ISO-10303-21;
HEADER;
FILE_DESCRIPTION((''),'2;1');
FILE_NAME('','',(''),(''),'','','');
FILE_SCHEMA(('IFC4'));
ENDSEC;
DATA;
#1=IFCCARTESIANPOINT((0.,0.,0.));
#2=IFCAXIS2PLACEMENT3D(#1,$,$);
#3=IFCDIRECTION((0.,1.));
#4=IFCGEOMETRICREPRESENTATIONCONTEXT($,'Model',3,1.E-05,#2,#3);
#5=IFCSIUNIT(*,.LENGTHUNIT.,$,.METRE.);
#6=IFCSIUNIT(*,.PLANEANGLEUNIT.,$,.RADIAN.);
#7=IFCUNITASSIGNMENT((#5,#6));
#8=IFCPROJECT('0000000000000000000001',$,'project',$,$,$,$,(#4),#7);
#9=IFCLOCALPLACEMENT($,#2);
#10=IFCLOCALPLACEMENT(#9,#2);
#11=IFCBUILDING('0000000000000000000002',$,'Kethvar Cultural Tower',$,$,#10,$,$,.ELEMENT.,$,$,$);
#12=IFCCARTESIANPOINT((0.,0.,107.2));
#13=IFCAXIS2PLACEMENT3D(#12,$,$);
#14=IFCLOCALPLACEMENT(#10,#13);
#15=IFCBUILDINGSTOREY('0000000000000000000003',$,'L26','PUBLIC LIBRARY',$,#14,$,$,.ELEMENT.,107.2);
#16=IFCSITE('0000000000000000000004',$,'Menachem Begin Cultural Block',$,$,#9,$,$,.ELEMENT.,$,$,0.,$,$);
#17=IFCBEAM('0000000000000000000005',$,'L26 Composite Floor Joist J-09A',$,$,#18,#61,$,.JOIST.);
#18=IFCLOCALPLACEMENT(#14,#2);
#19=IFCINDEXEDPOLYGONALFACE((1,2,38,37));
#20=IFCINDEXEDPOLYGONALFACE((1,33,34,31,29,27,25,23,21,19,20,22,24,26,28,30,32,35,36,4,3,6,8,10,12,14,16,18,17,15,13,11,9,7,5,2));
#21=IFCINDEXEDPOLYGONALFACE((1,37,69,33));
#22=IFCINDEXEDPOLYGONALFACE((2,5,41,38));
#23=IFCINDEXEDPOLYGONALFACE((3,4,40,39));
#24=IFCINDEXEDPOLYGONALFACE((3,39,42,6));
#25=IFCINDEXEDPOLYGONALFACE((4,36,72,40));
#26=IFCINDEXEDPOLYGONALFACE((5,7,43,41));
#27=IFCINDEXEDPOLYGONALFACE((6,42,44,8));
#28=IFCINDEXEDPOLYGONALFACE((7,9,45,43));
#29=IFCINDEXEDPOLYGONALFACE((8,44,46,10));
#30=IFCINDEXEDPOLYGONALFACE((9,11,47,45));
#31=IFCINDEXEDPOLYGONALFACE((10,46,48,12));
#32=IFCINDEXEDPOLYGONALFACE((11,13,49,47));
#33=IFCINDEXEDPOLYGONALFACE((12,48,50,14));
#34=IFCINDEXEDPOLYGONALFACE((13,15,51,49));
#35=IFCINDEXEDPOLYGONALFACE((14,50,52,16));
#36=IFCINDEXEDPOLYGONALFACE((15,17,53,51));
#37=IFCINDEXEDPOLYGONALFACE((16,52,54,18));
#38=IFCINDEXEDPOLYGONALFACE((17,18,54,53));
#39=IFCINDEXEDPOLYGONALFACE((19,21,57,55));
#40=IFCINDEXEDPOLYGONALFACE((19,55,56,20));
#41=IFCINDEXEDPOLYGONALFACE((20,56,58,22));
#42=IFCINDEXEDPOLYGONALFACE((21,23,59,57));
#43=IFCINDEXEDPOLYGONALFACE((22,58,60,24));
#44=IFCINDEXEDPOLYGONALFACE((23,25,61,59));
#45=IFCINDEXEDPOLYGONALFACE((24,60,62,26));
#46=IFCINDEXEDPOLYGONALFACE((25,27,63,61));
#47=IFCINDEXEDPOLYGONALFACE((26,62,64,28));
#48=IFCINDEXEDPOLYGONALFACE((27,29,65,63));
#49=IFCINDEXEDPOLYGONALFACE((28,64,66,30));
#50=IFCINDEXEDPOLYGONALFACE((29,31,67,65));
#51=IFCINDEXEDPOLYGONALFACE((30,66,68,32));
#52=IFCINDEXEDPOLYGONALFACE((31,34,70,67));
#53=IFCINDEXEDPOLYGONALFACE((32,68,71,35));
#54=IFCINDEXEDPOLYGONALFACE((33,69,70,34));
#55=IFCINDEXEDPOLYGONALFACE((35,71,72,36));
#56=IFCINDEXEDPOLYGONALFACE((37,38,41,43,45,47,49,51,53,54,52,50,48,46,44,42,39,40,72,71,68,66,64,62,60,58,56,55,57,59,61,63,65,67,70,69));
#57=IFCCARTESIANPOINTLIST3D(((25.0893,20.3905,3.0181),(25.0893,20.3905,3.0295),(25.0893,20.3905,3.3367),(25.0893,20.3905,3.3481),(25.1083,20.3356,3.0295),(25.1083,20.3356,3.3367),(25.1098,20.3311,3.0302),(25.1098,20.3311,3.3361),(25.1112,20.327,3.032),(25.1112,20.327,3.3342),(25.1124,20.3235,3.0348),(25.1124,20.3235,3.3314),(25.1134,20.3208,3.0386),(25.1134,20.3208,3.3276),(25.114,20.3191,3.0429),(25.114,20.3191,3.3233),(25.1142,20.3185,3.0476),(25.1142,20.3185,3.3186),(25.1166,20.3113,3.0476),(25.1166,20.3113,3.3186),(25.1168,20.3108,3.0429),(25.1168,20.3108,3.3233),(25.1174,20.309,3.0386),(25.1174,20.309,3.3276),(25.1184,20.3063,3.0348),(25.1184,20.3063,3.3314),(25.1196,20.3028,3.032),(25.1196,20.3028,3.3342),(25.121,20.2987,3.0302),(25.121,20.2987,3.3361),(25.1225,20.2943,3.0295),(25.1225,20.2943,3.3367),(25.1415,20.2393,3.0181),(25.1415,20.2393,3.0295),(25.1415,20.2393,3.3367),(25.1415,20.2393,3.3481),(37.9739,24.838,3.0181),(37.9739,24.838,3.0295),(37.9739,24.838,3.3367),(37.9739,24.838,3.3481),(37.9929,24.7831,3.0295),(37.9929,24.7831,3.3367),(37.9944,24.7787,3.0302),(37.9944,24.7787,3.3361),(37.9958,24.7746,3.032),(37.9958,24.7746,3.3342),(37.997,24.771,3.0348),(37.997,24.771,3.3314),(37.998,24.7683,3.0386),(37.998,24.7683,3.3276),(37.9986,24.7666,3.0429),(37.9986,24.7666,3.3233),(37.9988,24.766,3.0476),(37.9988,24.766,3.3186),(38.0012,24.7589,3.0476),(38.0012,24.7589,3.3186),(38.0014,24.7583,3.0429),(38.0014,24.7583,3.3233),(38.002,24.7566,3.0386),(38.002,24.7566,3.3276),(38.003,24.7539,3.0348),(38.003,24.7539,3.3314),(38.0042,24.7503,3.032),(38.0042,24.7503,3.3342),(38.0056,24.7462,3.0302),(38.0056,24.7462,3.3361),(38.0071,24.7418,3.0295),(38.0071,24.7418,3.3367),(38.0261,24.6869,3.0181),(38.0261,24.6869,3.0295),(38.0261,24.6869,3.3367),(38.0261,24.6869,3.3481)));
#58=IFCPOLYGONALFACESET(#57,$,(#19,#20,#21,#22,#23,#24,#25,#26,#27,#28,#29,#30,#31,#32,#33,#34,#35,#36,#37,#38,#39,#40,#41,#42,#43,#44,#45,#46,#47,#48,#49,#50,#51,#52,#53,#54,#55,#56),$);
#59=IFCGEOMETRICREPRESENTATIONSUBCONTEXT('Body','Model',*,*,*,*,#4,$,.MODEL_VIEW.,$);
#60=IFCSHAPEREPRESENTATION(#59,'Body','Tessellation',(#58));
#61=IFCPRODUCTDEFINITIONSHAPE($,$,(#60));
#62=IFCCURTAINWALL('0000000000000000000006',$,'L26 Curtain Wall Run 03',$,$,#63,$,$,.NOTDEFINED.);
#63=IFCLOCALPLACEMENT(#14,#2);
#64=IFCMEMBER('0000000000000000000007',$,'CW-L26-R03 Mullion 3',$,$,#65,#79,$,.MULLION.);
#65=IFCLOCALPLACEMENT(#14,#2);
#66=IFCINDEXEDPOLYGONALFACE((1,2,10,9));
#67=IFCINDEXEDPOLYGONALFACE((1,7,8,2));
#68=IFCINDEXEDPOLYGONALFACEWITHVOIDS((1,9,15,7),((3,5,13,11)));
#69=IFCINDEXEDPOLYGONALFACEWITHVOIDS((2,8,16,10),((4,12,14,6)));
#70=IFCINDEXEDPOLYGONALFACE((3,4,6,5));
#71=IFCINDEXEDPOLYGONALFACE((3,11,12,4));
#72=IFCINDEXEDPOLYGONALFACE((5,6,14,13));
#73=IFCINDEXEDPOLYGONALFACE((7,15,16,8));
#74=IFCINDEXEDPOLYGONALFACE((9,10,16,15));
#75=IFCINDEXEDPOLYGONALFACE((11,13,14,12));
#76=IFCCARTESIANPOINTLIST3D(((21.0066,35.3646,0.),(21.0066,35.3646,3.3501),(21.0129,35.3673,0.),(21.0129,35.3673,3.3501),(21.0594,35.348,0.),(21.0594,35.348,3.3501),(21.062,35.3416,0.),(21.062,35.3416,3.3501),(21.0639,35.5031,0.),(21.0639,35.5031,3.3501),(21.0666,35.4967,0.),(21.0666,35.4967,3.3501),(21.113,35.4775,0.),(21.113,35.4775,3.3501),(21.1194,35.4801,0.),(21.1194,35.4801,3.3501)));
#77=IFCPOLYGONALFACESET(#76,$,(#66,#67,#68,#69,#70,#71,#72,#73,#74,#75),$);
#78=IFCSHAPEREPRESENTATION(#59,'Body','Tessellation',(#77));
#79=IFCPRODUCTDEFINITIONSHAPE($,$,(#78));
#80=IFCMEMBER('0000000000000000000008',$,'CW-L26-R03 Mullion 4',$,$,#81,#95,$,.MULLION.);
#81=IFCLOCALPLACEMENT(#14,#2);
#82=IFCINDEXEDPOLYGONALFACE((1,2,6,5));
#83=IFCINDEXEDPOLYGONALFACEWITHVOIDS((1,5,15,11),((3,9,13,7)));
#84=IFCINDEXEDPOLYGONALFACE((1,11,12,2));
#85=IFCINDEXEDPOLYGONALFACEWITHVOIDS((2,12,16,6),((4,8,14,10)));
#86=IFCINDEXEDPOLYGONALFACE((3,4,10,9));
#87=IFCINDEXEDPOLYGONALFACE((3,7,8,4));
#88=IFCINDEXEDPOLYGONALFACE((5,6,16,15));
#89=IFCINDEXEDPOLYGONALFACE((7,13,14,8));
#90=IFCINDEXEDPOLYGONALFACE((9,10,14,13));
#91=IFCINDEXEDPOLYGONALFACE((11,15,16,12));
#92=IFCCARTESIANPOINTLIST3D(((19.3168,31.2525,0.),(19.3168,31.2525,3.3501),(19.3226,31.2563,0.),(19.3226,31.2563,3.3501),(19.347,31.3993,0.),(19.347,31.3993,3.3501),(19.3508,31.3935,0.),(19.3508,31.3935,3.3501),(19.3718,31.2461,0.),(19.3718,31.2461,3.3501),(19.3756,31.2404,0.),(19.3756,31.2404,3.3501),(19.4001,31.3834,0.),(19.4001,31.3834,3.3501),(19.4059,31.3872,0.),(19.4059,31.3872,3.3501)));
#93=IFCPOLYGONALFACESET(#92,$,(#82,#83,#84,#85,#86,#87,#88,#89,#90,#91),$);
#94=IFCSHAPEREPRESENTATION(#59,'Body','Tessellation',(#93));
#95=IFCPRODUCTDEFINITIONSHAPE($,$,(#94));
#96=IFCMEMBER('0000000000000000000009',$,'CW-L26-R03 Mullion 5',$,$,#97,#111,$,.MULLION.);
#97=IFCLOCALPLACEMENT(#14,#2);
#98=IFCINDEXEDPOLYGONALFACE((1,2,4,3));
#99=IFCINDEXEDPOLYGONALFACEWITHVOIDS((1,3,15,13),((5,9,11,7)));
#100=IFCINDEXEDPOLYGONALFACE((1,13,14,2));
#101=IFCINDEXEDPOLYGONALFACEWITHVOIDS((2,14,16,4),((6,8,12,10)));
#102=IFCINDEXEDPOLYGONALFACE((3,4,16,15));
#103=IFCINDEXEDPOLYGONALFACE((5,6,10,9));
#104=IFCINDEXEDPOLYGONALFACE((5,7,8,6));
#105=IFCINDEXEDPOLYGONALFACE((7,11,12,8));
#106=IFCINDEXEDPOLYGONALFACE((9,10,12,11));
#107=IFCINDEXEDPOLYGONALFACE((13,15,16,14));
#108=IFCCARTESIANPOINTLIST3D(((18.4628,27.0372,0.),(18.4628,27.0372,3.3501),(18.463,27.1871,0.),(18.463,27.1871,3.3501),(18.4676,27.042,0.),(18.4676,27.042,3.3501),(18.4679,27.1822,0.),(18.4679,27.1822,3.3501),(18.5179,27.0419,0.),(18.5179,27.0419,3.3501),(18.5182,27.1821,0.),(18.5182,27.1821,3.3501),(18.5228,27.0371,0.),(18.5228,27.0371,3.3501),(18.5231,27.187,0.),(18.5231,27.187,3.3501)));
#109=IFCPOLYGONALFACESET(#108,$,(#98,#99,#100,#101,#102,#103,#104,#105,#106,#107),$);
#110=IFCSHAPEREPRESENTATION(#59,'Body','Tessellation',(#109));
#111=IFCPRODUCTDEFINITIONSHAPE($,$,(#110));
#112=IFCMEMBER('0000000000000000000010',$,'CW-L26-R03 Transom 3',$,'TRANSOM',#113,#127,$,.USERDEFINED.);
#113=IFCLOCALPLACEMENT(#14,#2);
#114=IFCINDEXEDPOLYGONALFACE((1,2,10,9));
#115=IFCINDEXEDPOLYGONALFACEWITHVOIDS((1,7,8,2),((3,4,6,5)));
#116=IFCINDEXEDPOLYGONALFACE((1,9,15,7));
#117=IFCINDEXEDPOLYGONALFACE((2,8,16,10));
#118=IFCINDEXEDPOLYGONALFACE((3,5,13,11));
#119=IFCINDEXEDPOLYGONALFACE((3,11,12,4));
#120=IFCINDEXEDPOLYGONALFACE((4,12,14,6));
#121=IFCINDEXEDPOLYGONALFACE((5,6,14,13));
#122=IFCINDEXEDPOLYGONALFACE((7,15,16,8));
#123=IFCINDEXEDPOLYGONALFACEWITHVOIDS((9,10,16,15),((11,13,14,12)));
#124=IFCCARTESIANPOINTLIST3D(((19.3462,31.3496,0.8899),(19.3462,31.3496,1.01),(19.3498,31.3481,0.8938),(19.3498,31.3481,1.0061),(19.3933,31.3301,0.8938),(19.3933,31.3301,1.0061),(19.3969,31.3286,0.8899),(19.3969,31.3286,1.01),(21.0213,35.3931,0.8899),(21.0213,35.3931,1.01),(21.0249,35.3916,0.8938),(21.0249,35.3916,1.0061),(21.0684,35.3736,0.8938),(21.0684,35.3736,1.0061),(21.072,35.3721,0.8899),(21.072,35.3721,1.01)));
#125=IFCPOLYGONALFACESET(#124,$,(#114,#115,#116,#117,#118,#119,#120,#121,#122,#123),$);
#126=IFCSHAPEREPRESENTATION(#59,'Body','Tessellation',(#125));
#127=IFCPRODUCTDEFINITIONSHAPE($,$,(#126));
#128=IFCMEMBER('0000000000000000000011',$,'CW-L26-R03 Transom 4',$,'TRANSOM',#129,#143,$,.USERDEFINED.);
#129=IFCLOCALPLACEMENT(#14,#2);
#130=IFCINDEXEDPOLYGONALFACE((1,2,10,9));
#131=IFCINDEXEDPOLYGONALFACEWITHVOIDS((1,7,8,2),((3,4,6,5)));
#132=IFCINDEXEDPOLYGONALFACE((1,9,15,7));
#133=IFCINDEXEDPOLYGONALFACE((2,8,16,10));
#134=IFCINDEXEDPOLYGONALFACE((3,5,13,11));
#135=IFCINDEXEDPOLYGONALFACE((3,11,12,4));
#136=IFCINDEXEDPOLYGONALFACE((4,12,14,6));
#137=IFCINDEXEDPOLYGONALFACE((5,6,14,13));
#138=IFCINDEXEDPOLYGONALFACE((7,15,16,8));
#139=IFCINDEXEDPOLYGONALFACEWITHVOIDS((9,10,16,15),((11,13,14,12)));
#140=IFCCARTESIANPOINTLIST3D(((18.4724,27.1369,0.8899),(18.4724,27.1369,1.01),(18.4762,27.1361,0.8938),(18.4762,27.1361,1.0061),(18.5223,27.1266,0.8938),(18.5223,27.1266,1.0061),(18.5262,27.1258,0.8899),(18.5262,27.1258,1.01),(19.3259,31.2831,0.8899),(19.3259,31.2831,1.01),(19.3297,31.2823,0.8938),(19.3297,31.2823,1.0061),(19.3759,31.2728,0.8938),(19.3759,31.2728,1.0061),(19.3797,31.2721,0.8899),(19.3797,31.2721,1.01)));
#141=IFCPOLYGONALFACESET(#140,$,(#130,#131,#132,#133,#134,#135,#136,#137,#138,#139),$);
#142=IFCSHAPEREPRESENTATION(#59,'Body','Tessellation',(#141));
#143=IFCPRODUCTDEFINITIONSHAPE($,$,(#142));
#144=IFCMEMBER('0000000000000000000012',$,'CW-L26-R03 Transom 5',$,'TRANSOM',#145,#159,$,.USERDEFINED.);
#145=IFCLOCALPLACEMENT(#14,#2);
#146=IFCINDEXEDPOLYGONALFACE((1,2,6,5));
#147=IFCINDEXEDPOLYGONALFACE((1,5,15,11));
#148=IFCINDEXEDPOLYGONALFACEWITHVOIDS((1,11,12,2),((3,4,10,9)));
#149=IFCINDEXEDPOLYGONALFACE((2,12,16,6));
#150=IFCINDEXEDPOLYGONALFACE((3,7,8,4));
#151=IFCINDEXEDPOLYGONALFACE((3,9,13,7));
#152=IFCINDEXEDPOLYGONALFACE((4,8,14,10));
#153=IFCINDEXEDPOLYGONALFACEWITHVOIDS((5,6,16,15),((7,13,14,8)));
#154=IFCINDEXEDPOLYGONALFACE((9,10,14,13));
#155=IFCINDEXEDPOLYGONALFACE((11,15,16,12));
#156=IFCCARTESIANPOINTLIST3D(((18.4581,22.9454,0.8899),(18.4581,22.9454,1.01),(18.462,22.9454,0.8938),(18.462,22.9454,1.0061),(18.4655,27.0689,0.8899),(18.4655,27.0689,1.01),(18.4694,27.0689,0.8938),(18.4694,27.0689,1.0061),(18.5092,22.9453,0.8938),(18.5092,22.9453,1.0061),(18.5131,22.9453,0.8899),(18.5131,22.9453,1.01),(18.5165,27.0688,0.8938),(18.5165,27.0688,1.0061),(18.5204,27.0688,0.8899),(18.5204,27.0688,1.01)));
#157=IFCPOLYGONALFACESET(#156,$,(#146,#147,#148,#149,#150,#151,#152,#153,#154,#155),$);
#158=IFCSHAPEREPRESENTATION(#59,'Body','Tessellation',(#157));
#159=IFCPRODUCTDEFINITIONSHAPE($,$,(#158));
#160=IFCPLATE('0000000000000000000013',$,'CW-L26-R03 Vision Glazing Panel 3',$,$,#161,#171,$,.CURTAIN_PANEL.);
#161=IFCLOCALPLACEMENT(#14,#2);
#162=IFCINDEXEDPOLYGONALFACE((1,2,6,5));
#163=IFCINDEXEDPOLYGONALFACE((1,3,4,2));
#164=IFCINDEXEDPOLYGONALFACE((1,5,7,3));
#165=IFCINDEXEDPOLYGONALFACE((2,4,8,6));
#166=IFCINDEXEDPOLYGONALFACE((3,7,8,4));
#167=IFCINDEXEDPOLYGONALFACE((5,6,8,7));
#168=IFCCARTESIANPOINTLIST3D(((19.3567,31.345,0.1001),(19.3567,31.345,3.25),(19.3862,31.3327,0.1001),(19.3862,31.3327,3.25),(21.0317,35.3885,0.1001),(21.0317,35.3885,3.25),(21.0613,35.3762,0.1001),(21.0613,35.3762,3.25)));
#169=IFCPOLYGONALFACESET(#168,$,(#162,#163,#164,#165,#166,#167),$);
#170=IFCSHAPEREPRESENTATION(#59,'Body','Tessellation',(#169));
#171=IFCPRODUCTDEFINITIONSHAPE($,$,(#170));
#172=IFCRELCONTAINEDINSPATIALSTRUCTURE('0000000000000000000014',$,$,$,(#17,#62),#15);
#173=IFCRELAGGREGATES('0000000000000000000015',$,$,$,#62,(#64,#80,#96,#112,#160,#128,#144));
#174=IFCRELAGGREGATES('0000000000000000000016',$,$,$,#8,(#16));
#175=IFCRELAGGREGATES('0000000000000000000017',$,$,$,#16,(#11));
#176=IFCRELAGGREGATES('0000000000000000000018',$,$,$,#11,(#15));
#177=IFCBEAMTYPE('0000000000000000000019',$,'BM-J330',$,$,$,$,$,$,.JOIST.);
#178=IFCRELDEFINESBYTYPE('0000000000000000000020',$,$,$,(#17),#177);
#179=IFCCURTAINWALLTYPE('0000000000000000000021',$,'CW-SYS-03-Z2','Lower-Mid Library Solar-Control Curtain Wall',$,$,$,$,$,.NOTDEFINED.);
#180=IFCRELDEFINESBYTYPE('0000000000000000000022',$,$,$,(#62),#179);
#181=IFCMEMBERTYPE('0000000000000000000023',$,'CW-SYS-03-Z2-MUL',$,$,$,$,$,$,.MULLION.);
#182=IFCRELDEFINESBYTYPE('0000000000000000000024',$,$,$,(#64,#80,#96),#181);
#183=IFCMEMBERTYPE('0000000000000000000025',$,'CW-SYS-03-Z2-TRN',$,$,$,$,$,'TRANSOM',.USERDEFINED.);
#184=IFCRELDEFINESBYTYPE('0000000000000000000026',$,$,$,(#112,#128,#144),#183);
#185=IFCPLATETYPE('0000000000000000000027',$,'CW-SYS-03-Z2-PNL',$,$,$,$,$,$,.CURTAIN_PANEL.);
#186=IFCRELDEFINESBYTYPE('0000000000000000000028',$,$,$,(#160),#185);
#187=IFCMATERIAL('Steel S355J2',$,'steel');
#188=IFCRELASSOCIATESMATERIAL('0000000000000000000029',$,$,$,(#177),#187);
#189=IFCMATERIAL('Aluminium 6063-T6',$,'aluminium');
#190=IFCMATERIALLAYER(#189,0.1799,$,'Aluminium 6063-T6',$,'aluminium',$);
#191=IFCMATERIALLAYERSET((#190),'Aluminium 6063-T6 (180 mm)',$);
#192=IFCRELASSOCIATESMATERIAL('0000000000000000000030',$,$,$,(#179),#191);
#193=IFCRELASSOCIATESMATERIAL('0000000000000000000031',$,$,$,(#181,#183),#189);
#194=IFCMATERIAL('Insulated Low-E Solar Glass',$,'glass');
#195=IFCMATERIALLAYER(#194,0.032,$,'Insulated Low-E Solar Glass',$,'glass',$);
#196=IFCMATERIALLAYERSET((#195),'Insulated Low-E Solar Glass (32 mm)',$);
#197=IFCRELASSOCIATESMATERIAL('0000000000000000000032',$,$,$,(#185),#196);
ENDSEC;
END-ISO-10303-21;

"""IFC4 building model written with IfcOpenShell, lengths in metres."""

from ifc_helpers import new_model, si_unit, direction, frame, origin, origin_2d, place, context, subcontext, project, spatial, rectangle, hollow_rectangle, i_section, extrude, source, transform, mapped, material, layer, layer_set, material_profile, profile_set, type_object, element, aggregate, save


model = new_model("IFC4")

# Units and contexts
model_context = context("Model", 3, precision=1e-05, world=origin(), true_north=direction((0.0, 1.0)))
body_context = subcontext(model_context, "Body", "Model", "MODEL_VIEW")
ifc_project = project(units=[si_unit("LENGTHUNIT", "METRE"), si_unit("PLANEANGLEUNIT", "RADIAN")], contexts=[model_context])

# Site, building, storey
site_placement = place(None, origin())
site = spatial("IfcSite", under=ifc_project, at=site_placement, Name="Menachem Begin Cultural Block", CompositionType="ELEMENT", RefElevation=0.0)
building_placement = place(site_placement, origin())
building = spatial("IfcBuilding", under=site, at=building_placement, Name="Kethvar Cultural Tower", CompositionType="ELEMENT")
storey_placement = place(building_placement, frame((0.0, 0.0, 107.2)))
storey = spatial("IfcBuildingStorey", under=building, at=storey_placement, Name="L26", Description="PUBLIC LIBRARY", CompositionType="ELEMENT", Elevation=107.2)

# Beam
ifc_material_1 = material(Name="Steel S355J2", Category="steel")
ifc_material_profile_1 = material_profile(ifc_material_1, i_section(OverallWidth=0.1599, OverallDepth=0.3301, WebThickness=0.0076, FlangeThickness=0.0115, FilletRadius=0.0181, at=origin_2d()), Name="Steel S355J2 — IPE330")
ifc_profile_set_1 = profile_set([ifc_material_profile_1], Name="Steel S355J2 — IPE330")
beam_type_1 = type_object("IfcBeamType", Name="BM-J330", PredefinedType="JOIST", material=ifc_profile_set_1)
shared_shape_1 = source(origin(), body_context, "Body", "SweptSolid", [
    extrude(i_section(OverallWidth=0.1599, OverallDepth=0.3301, WebThickness=0.0076, FlangeThickness=0.0115, FilletRadius=0.0181, at=origin_2d()), origin(), (0.0, 0.0, 1.0), 13.6306),
])
beam_1_placement = place(storey_placement, frame((38.0, 24.7625, 3.1831), z_axis=(-0.94527, -0.32629, 0.0), x_axis=(0.32629, -0.94527, 0.0)))
element("IfcBeam", 1, at=beam_1_placement, inside=storey, type_object=beam_type_1, Name="L26 Composite Floor Joist J-09A", PredefinedType="JOIST", context=body_context, shape_type="MappedRepresentation", body=[
    mapped(shared_shape_1, transform((0.0, 0.0, 0.0), scale=1.0)),
])

# Curtain wall, members, plate
ifc_material_2 = material(Name="Aluminium 6063-T6", Category="aluminium")
ifc_layer_1 = layer(ifc_material_2, 0.1799, Name="Aluminium 6063-T6", Category="aluminium")
ifc_layer_set_1 = layer_set([ifc_layer_1], Name="Aluminium 6063-T6 (180 mm)")
curtain_wall_type = type_object("IfcCurtainWallType", Name="CW-SYS-03-Z2", Description="Lower-Mid Library Solar-Control Curtain Wall", PredefinedType="NOTDEFINED", material=ifc_layer_set_1)
curtain_wall_placement = place(storey_placement, origin())
curtain_wall = element("IfcCurtainWall", 2, at=curtain_wall_placement, inside=storey, type_object=curtain_wall_type, Name="L26 Curtain Wall Run 03", PredefinedType="NOTDEFINED")
ifc_material_profile_2 = material_profile(ifc_material_2, hollow_rectangle(XDim=0.0601, YDim=0.1499, WallThickness=0.0049, at=origin_2d()), Name="Aluminium 6063-T6 — RHS150x60x5")
ifc_profile_set_2 = profile_set([ifc_material_profile_2], Name="Aluminium 6063-T6 — RHS150x60x5")
member_type_1 = type_object("IfcMemberType", Name="CW-SYS-03-Z2-MUL", PredefinedType="MULLION", material=ifc_profile_set_2)
shared_shape_2 = source(origin(), body_context, "Body", "SweptSolid", [
    extrude(hollow_rectangle(XDim=0.0601, YDim=0.1499, WallThickness=0.0049, at=origin_2d()), origin(), (0.0, 0.0, 1.0), 3.3501),
])
member_1_placement = place(storey_placement, frame((21.063, 35.4224, 0.0), z_axis=(0.0, 0.0, 1.0), x_axis=(0.923866, -0.382716, 0.0)))
member_1 = element("IfcMember", 3, at=member_1_placement, type_object=member_type_1, Name="CW-L26-R03 Mullion 3", PredefinedType="MULLION", context=body_context, shape_type="MappedRepresentation", body=[
    mapped(shared_shape_2, transform((0.0, 0.0, 0.0), scale=1.0)),
])
member_2_placement = place(storey_placement, frame((19.3613, 31.3198, 0.0), z_axis=(0.0, 0.0, 1.0), x_axis=(0.979466, -0.201608, 0.0)))
member_2 = element("IfcMember", 4, at=member_2_placement, type_object=member_type_1, Name="CW-L26-R03 Mullion 4", PredefinedType="MULLION", context=body_context, shape_type="MappedRepresentation", body=[
    mapped(shared_shape_2, transform((0.0, 0.0, 0.0), scale=1.0)),
])
member_3_placement = place(storey_placement, frame((18.4929, 27.1121, 0.0), z_axis=(0.0, 0.0, 1.0), x_axis=(0.999998, -0.001763, 0.0)))
member_3 = element("IfcMember", 5, at=member_3_placement, type_object=member_type_1, Name="CW-L26-R03 Mullion 5", PredefinedType="MULLION", context=body_context, shape_type="MappedRepresentation", body=[
    mapped(shared_shape_2, transform((0.0, 0.0, 0.0), scale=1.0)),
])
ifc_material_profile_3 = material_profile(ifc_material_2, hollow_rectangle(XDim=0.0549, YDim=0.1201, WallThickness=0.0039, at=origin_2d()), Name="Aluminium 6063-T6 — RHS120x55x4")
ifc_profile_set_3 = profile_set([ifc_material_profile_3], Name="Aluminium 6063-T6 — RHS120x55x4")
member_type_2 = type_object("IfcMemberType", Name="CW-SYS-03-Z2-TRN", ElementType="TRANSOM", PredefinedType="USERDEFINED", material=ifc_profile_set_3)
shared_shape_3 = source(origin(), body_context, "Body", "SweptSolid", [
    extrude(hollow_rectangle(XDim=0.0549, YDim=0.1201, WallThickness=0.0039, at=origin_2d()), origin(), (0.0, 0.0, 1.0), 4.3767),
])
member_4_placement = place(storey_placement, frame((21.0466, 35.3826, 0.95), z_axis=(-0.382721, -0.923864, 0.0), x_axis=(0.923864, -0.382721, 0.0)))
member_4 = element("IfcMember", 6, at=member_4_placement, type_object=member_type_2, Name="CW-L26-R03 Transom 3", ObjectType="TRANSOM", PredefinedType="USERDEFINED", context=body_context, shape_type="MappedRepresentation", body=[
    mapped(shared_shape_3, transform((0.0, 0.0, 0.0), scale=1.0)),
])
shared_shape_4 = source(origin(), body_context, "Body", "SweptSolid", [
    extrude(hollow_rectangle(XDim=0.0549, YDim=0.1201, WallThickness=0.0039, at=origin_2d()), origin(), (0.0, 0.0, 1.0), 4.2332),
])
member_5_placement = place(storey_placement, frame((19.3528, 31.2776, 0.95), z_axis=(-0.201625, -0.979463, 0.0), x_axis=(0.979463, -0.201625, 0.0)))
member_5 = element("IfcMember", 7, at=member_5_placement, type_object=member_type_2, Name="CW-L26-R03 Transom 4", ObjectType="TRANSOM", PredefinedType="USERDEFINED", context=body_context, shape_type="MappedRepresentation", body=[
    mapped(shared_shape_4, transform((0.0, 0.0, 0.0), scale=1.0)),
])
shared_shape_5 = source(origin(), body_context, "Body", "SweptSolid", [
    extrude(hollow_rectangle(XDim=0.0549, YDim=0.1201, WallThickness=0.0039, at=origin_2d()), origin(), (0.0, 0.0, 1.0), 4.1235),
])
member_6_placement = place(storey_placement, frame((18.4929, 27.0688, 0.95), z_axis=(-0.001776, -0.999998, 0.0), x_axis=(0.999998, -0.001776, 0.0)))
member_6 = element("IfcMember", 8, at=member_6_placement, type_object=member_type_2, Name="CW-L26-R03 Transom 5", ObjectType="TRANSOM", PredefinedType="USERDEFINED", context=body_context, shape_type="MappedRepresentation", body=[
    mapped(shared_shape_5, transform((0.0, 0.0, 0.0), scale=1.0)),
])
ifc_material_3 = material(Name="Insulated Low-E Solar Glass", Category="glass")
ifc_layer_2 = layer(ifc_material_3, 0.032, Name="Insulated Low-E Solar Glass", Category="glass")
ifc_layer_set_2 = layer_set([ifc_layer_2], Name="Insulated Low-E Solar Glass (32 mm)")
plate_type = type_object("IfcPlateType", Name="CW-SYS-03-Z2-PNL", PredefinedType="CURTAIN_PANEL", material=ifc_layer_set_2)
shared_shape_6 = source(origin(), body_context, "Body", "SweptSolid", [
    extrude(rectangle(XDim=4.3767, YDim=0.032, at=origin_2d()), origin(), (0.0, 0.0, 1.0), 3.1499),
])
plate_1_placement = place(storey_placement, frame((20.209, 33.3606, 0.1001), z_axis=(0.0, 0.0, 1.0), x_axis=(-0.382716, -0.923866, 0.0)))
plate_1 = element("IfcPlate", 9, at=plate_1_placement, type_object=plate_type, Name="CW-L26-R03 Vision Glazing Panel 3", PredefinedType="CURTAIN_PANEL", context=body_context, shape_type="MappedRepresentation", body=[
    mapped(shared_shape_6, transform((0.0, 0.0, 0.0), scale=1.0)),
])
aggregate(curtain_wall, [member_1, member_2, member_3, member_4, plate_1, member_5, member_6])

save(model, "model.ifc")
